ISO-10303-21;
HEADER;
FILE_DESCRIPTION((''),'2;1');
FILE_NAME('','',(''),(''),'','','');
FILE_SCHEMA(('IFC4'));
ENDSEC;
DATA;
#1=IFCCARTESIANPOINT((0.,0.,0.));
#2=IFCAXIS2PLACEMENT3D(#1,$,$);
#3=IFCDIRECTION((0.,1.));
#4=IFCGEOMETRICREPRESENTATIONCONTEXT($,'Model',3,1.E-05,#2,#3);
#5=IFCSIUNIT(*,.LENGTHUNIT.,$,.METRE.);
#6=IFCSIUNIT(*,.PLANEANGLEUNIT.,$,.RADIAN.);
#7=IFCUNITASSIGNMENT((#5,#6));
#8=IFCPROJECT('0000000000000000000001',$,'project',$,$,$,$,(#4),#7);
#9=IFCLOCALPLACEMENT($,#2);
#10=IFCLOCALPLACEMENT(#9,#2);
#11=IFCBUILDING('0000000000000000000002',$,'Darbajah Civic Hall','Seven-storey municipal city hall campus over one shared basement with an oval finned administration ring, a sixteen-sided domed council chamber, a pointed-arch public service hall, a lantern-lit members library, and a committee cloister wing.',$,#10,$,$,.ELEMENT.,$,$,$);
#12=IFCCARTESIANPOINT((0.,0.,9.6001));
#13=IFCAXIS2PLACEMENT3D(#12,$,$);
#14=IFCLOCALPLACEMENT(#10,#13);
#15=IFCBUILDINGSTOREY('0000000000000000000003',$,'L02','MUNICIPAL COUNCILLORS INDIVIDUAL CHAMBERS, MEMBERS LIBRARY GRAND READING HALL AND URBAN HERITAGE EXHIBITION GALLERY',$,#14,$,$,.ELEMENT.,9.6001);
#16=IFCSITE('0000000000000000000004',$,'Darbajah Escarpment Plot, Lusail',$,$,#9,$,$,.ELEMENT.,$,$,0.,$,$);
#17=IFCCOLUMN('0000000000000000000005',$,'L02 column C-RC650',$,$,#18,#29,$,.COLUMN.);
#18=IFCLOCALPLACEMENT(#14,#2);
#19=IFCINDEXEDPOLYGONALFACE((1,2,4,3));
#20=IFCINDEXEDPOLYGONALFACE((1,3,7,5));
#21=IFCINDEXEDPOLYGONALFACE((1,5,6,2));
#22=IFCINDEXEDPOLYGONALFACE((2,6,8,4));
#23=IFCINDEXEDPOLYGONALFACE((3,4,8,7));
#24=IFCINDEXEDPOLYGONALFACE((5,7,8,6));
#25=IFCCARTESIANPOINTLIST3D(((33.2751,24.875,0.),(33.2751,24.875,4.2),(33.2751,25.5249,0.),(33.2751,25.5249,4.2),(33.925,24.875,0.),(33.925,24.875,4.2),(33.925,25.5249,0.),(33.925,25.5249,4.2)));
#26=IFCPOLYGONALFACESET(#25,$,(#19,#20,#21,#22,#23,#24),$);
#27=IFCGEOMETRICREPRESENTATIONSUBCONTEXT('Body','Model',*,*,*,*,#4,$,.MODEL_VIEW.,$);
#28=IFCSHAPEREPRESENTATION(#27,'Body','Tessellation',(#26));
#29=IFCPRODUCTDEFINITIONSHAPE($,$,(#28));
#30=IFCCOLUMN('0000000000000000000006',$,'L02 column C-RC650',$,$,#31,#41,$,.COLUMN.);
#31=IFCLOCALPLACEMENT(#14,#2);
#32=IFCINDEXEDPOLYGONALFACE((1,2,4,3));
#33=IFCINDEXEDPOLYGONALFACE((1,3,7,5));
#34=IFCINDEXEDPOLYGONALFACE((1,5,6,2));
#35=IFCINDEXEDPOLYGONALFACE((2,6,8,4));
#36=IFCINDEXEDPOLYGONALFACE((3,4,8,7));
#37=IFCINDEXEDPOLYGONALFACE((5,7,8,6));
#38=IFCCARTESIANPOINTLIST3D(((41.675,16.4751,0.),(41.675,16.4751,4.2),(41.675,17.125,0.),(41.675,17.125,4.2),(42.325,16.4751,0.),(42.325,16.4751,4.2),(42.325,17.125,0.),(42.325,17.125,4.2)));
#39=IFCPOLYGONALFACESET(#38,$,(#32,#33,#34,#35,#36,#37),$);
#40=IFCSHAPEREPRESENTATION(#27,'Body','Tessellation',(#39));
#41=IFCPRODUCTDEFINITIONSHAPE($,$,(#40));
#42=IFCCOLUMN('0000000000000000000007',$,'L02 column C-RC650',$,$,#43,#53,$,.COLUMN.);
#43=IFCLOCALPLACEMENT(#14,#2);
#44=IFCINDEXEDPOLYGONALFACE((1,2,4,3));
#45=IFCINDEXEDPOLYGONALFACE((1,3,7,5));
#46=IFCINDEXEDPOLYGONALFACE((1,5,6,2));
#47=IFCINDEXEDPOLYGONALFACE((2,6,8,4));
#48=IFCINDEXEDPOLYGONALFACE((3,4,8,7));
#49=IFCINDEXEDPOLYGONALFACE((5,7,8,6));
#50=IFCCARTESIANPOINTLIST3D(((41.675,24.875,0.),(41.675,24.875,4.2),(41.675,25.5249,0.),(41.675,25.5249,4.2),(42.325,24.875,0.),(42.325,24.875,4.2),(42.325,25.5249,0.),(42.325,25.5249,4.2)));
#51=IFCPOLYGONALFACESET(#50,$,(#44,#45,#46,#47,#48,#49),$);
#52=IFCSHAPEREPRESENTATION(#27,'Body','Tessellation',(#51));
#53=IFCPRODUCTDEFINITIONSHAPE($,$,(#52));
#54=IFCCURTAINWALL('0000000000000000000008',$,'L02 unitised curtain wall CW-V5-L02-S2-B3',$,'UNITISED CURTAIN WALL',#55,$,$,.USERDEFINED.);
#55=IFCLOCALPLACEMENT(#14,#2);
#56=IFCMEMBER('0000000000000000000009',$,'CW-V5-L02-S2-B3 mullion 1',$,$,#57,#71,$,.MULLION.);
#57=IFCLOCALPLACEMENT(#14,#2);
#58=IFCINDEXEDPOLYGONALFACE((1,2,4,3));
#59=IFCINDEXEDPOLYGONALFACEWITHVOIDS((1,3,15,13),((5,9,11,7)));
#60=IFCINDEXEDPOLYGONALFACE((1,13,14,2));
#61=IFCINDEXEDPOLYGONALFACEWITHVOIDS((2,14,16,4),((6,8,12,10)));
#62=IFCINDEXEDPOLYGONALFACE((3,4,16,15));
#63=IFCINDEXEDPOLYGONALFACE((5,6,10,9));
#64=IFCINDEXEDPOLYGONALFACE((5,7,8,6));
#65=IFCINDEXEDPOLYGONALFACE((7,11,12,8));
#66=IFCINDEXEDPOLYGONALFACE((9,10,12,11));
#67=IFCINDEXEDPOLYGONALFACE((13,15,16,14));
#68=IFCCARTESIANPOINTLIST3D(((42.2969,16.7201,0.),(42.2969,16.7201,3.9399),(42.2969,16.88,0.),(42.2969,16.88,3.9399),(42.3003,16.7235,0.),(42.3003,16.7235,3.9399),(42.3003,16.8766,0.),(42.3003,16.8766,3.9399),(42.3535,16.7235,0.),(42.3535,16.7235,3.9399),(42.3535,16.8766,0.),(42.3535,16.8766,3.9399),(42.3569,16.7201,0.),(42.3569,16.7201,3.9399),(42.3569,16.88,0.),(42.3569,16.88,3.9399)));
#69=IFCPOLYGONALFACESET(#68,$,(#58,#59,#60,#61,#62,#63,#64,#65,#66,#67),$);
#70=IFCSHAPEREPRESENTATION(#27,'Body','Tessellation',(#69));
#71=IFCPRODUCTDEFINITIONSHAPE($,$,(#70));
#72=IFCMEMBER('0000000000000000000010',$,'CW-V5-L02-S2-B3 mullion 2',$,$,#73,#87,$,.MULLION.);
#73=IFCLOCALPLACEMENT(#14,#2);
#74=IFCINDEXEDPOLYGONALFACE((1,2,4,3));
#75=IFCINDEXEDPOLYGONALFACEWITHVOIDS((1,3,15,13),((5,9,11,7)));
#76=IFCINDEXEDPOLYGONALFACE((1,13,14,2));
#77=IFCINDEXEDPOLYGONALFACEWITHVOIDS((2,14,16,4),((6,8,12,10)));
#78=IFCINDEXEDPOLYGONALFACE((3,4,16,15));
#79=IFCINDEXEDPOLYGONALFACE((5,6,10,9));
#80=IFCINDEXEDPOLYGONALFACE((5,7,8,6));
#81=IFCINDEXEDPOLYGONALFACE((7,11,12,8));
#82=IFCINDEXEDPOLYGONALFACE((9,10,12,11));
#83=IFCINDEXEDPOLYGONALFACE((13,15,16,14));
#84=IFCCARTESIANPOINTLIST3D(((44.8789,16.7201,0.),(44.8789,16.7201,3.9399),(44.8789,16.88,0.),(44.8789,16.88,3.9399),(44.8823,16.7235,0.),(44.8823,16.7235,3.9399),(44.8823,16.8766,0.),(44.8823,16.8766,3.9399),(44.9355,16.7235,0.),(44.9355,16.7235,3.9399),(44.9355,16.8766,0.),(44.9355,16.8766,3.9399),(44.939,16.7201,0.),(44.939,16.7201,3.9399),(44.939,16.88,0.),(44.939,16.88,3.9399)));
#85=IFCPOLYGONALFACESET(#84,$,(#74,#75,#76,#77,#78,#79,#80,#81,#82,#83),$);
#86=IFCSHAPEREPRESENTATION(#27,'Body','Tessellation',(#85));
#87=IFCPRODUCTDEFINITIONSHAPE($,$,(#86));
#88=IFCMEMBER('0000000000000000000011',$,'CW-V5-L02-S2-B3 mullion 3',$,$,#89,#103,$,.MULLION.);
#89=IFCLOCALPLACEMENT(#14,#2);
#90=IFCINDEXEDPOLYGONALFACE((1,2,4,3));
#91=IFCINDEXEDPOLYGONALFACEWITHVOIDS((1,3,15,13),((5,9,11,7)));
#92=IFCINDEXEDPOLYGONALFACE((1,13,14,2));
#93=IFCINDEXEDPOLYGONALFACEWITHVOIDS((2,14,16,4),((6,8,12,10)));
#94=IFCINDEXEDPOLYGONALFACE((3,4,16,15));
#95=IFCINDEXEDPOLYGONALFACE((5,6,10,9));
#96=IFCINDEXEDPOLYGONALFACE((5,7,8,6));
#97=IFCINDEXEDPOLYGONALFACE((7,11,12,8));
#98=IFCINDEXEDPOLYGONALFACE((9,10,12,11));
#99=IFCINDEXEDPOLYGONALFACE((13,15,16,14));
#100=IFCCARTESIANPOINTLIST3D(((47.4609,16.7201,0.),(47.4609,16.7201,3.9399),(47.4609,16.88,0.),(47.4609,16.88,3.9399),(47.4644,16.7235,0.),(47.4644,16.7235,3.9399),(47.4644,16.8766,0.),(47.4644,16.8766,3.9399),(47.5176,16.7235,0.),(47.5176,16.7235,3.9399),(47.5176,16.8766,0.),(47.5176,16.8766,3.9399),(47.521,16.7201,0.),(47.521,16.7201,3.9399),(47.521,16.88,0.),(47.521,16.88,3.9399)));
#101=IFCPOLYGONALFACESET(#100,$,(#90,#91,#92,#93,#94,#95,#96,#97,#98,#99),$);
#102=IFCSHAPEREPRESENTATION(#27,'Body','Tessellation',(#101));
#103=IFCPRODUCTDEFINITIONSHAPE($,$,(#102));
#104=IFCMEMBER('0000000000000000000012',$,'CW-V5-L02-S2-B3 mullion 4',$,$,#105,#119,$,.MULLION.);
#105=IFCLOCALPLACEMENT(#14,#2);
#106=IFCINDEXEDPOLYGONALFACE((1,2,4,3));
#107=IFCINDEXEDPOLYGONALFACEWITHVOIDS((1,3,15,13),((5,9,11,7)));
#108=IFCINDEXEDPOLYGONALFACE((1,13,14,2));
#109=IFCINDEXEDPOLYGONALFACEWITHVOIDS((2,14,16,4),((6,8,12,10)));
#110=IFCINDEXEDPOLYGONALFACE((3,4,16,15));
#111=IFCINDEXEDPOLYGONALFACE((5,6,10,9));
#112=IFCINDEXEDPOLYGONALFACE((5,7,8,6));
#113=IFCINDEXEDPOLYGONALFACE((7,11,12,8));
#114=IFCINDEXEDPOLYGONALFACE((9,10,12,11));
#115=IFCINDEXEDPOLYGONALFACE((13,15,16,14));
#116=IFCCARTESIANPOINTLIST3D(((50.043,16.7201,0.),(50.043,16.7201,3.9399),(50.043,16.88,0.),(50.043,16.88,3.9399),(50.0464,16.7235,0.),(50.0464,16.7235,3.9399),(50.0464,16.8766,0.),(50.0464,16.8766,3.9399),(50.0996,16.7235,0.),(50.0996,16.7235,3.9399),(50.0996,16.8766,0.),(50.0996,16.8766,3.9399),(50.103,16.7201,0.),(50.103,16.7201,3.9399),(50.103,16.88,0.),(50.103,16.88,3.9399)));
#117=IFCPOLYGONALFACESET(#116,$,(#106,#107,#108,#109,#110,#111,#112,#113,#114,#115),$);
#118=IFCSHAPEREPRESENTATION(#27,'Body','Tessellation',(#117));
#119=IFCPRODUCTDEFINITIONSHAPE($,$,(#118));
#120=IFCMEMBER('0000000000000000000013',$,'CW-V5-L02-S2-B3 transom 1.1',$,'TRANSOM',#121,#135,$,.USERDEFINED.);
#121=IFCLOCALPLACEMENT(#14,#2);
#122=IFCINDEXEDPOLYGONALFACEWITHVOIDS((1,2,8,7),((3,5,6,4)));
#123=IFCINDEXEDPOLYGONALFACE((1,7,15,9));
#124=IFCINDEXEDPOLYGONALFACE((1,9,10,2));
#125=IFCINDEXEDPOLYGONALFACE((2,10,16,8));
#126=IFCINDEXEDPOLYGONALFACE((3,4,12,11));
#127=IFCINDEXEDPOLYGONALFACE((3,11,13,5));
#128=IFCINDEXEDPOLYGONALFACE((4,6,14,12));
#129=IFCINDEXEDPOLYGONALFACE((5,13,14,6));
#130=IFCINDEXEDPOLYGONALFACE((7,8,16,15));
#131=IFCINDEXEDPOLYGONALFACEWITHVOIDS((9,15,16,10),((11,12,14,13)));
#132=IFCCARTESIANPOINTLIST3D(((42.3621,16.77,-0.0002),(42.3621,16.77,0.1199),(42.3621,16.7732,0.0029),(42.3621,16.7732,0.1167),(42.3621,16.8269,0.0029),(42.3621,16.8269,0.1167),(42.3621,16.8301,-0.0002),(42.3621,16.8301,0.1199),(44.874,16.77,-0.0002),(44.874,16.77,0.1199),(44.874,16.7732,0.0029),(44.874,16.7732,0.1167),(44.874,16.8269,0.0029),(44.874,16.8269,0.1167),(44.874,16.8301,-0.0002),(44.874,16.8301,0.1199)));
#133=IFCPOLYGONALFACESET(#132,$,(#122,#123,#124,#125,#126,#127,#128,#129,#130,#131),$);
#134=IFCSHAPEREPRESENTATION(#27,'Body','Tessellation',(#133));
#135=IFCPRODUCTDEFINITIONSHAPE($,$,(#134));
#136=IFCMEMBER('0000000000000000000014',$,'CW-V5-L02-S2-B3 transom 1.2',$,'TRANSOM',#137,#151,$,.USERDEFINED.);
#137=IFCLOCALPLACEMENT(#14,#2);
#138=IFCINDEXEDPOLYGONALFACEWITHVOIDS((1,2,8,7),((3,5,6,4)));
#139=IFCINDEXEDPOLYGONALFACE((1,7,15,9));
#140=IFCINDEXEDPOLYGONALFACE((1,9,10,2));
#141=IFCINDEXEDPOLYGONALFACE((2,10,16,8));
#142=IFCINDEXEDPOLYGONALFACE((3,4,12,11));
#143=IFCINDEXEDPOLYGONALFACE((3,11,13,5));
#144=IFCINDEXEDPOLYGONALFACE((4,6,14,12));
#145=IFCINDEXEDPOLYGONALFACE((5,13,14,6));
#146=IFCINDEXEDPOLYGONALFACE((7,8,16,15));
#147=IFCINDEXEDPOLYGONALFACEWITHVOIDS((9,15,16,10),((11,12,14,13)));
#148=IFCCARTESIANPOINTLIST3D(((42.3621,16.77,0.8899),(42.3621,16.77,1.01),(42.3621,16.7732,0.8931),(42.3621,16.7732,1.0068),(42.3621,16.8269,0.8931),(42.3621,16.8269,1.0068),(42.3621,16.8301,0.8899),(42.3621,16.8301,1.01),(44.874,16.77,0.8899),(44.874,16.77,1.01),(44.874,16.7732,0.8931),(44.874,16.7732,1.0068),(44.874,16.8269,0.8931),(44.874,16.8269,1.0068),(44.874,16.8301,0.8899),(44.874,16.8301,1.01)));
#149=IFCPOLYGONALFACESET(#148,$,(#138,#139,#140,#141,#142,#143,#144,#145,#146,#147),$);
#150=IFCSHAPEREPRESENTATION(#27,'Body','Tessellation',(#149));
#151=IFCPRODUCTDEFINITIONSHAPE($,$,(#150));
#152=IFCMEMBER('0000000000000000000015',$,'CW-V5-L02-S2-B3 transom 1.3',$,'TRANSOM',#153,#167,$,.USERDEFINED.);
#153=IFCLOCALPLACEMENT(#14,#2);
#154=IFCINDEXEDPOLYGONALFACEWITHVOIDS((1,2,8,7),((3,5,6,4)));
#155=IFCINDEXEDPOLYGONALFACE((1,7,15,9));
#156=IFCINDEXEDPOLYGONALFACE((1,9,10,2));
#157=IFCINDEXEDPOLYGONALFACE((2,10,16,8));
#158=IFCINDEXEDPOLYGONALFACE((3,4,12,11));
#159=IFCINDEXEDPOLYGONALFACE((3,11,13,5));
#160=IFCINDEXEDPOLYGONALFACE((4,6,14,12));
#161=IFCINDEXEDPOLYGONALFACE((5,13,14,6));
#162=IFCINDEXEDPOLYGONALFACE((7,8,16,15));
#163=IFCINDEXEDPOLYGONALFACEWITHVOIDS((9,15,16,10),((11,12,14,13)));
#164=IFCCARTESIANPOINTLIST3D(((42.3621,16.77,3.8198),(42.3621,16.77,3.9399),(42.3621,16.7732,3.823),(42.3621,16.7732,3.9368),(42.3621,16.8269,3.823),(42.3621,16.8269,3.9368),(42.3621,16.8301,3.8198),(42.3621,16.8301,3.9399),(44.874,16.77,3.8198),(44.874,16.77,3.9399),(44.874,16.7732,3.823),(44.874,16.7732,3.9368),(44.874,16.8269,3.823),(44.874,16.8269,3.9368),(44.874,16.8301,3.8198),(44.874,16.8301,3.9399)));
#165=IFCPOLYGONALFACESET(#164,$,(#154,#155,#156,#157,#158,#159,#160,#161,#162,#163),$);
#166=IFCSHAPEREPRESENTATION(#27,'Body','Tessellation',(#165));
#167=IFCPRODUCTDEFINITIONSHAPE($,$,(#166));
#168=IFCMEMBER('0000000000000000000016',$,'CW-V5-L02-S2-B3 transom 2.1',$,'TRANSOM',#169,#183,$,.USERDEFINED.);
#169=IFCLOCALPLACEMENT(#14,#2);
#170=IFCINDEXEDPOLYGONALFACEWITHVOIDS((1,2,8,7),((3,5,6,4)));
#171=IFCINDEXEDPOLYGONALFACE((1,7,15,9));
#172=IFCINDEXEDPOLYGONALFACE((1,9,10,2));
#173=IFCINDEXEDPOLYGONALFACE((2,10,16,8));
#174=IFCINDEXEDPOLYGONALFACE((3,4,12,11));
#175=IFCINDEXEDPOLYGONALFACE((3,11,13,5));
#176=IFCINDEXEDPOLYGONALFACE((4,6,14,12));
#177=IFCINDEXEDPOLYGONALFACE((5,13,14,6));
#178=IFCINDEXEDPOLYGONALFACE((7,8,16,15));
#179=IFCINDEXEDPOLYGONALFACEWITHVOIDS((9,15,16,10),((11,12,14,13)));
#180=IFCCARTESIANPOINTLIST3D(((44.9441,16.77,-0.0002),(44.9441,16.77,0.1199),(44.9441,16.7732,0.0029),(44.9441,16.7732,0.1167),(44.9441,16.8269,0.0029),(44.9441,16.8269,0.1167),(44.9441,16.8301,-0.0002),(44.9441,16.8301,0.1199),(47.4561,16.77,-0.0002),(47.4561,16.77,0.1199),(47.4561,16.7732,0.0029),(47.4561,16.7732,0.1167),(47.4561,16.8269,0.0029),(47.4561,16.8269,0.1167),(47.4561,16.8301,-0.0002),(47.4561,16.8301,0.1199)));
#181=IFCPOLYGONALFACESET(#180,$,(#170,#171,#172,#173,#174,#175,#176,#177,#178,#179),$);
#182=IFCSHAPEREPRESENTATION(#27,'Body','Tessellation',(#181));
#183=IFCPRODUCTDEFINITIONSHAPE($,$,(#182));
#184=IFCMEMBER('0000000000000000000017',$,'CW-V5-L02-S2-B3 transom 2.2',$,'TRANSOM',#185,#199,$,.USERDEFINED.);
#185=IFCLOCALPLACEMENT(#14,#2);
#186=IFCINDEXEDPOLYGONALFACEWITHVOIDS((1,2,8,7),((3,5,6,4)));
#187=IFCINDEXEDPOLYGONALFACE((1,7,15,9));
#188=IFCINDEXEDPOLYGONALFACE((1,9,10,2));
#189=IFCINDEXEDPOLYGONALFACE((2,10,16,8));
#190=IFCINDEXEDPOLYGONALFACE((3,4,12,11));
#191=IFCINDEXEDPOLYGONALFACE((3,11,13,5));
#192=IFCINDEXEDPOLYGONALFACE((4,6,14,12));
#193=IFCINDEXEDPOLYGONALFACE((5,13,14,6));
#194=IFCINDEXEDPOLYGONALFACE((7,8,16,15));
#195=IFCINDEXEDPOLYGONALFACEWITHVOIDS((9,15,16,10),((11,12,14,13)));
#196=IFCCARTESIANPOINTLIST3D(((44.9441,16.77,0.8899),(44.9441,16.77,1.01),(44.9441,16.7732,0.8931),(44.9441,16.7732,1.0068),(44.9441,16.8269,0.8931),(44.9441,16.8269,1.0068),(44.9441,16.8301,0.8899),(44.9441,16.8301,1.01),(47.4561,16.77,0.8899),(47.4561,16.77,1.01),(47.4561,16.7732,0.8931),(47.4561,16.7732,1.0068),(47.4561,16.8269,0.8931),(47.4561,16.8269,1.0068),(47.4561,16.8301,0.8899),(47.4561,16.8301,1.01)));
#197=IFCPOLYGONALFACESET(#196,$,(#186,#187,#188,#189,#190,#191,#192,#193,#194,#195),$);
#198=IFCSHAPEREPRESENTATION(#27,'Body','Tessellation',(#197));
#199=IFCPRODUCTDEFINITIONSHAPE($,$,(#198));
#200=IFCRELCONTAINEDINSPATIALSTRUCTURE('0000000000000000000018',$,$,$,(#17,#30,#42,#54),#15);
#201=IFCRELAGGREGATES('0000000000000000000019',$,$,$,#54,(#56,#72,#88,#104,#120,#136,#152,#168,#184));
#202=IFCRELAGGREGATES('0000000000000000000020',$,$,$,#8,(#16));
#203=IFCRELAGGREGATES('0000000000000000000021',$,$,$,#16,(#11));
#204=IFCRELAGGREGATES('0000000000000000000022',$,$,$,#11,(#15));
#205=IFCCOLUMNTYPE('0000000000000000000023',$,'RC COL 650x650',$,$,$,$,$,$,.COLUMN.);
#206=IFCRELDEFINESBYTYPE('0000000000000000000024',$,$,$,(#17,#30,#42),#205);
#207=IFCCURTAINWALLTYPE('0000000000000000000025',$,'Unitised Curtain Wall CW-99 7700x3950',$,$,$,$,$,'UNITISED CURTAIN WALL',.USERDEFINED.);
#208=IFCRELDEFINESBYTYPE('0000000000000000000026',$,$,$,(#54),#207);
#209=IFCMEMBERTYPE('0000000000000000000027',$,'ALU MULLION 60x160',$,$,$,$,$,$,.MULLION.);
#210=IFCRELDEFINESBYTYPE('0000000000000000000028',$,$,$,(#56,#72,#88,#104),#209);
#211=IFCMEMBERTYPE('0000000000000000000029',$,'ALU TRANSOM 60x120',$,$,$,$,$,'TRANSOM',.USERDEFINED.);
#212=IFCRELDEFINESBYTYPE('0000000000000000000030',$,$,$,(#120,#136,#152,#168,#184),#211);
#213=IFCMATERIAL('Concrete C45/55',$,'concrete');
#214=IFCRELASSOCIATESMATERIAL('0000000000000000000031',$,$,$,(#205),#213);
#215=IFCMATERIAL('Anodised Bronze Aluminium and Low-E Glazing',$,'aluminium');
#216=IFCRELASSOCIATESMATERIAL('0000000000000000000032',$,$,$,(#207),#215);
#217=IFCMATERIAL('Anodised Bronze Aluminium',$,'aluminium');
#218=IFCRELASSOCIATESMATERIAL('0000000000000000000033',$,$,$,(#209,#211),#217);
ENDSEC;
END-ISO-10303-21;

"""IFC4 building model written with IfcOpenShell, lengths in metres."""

from ifc_helpers import new_model, si_unit, direction, frame, origin, origin_2d, place, context, subcontext, project, spatial, rectangle, hollow_rectangle, extrude, material, material_profile, profile_set, type_object, element, aggregate, save


model = new_model("IFC4")

# Units and contexts
model_context = context("Model", 3, precision=1e-05, world=origin(), true_north=direction((0.0, 1.0)))
body_context = subcontext(model_context, "Body", "Model", "MODEL_VIEW")
ifc_project = project(units=[si_unit("LENGTHUNIT", "METRE"), si_unit("PLANEANGLEUNIT", "RADIAN")], contexts=[model_context])

# Site, building, storey
site_placement = place(None, origin())
site = spatial("IfcSite", under=ifc_project, at=site_placement, Name="Darbajah Escarpment Plot, Lusail", CompositionType="ELEMENT", RefElevation=0.0)
building_placement = place(site_placement, origin())
building = spatial("IfcBuilding", under=site, at=building_placement, Name="Darbajah Civic Hall", Description="Seven-storey municipal city hall campus over one shared basement with an oval finned administration ring, a sixteen-sided domed council chamber, a pointed-arch public service hall, a lantern-lit members library, and a committee cloister wing.", CompositionType="ELEMENT")
storey_placement = place(building_placement, frame((0.0, 0.0, 9.6001)))
storey = spatial("IfcBuildingStorey", under=building, at=storey_placement, Name="L02", Description="MUNICIPAL COUNCILLORS INDIVIDUAL CHAMBERS, MEMBERS LIBRARY GRAND READING HALL AND URBAN HERITAGE EXHIBITION GALLERY", CompositionType="ELEMENT", Elevation=9.6001)

# Columns
ifc_material_1 = material(Name="Concrete C45/55", Category="concrete")
ifc_material_profile_1 = material_profile(ifc_material_1, rectangle(XDim=0.6499, YDim=0.6499, at=origin_2d()), Name="RC COL 650x650")
ifc_profile_set_1 = profile_set([ifc_material_profile_1], Name="Concrete C45/55")
column_type = type_object("IfcColumnType", Name="RC COL 650x650", PredefinedType="COLUMN", material=ifc_profile_set_1)
for number, where, z_axis, x_axis, name in (
    (1, (33.6001, 25.2, 0.0), (0.0, 0.0, 1.0), (1.0, 0.0, 0.0), "L02 column C-RC650"),
    (2, (42.0, 16.8, 0.0), (0.0, 0.0, 1.0), (1.0, 0.0, 0.0), "L02 column C-RC650"),
    (3, (42.0, 25.2, 0.0), (0.0, 0.0, 1.0), (1.0, 0.0, 0.0), "L02 column C-RC650"),
):
    element("IfcColumn", number, at=place(storey_placement, frame(where, z_axis=z_axis, x_axis=x_axis)), inside=storey, type_object=column_type, Name=name, PredefinedType="COLUMN", context=body_context, shape_type="SweptSolid", body=[
        extrude(rectangle(XDim=0.6499, YDim=0.6499, at=origin_2d()), origin(), (0.0, 0.0, 1.0), 4.2),
    ])

# Curtain wall, members
ifc_material_2 = material(Name="Anodised Bronze Aluminium and Low-E Glazing", Category="aluminium")
curtain_wall_type = type_object("IfcCurtainWallType", Name="Unitised Curtain Wall CW-99 7700x3950", ElementType="UNITISED CURTAIN WALL", PredefinedType="USERDEFINED", material=ifc_material_2)
curtain_wall_placement = place(storey_placement, origin())
curtain_wall = element("IfcCurtainWall", 4, at=curtain_wall_placement, inside=storey, type_object=curtain_wall_type, Name="L02 unitised curtain wall CW-V5-L02-S2-B3", ObjectType="UNITISED CURTAIN WALL", PredefinedType="USERDEFINED")
ifc_material_3 = material(Name="Anodised Bronze Aluminium", Category="aluminium")
ifc_material_profile_2 = material_profile(ifc_material_3, hollow_rectangle(XDim=0.0601, YDim=0.1599, WallThickness=0.0034, at=origin_2d()), Name="ALU MULLION 60x160")
ifc_profile_set_2 = profile_set([ifc_material_profile_2], Name="Anodised Bronze Aluminium")
member_type_1 = type_object("IfcMemberType", Name="ALU MULLION 60x160", PredefinedType="MULLION", material=ifc_profile_set_2)
member_1_placement = place(storey_placement, frame((42.3269, 16.8, 0.0), z_axis=(0.0, 0.0, 1.0), x_axis=(1.0, 0.0, 0.0)))
member_1 = element("IfcMember", 5, at=member_1_placement, type_object=member_type_1, Name="CW-V5-L02-S2-B3 mullion 1", PredefinedType="MULLION", context=body_context, shape_type="SweptSolid", body=[
    extrude(hollow_rectangle(XDim=0.0601, YDim=0.1599, WallThickness=0.0034, at=origin_2d()), origin(), (0.0, 0.0, 1.0), 3.9399),
])
member_2_placement = place(storey_placement, frame((44.9089, 16.8, 0.0), z_axis=(0.0, 0.0, 1.0), x_axis=(1.0, 0.0, 0.0)))
member_2 = element("IfcMember", 6, at=member_2_placement, type_object=member_type_1, Name="CW-V5-L02-S2-B3 mullion 2", PredefinedType="MULLION", context=body_context, shape_type="SweptSolid", body=[
    extrude(hollow_rectangle(XDim=0.0601, YDim=0.1599, WallThickness=0.0034, at=origin_2d()), origin(), (0.0, 0.0, 1.0), 3.9399),
])
member_3_placement = place(storey_placement, frame((47.491, 16.8, 0.0), z_axis=(0.0, 0.0, 1.0), x_axis=(1.0, 0.0, 0.0)))
member_3 = element("IfcMember", 7, at=member_3_placement, type_object=member_type_1, Name="CW-V5-L02-S2-B3 mullion 3", PredefinedType="MULLION", context=body_context, shape_type="SweptSolid", body=[
    extrude(hollow_rectangle(XDim=0.0601, YDim=0.1599, WallThickness=0.0034, at=origin_2d()), origin(), (0.0, 0.0, 1.0), 3.9399),
])
member_4_placement = place(storey_placement, frame((50.073, 16.8, 0.0), z_axis=(0.0, 0.0, 1.0), x_axis=(1.0, 0.0, 0.0)))
member_4 = element("IfcMember", 8, at=member_4_placement, type_object=member_type_1, Name="CW-V5-L02-S2-B3 mullion 4", PredefinedType="MULLION", context=body_context, shape_type="SweptSolid", body=[
    extrude(hollow_rectangle(XDim=0.0601, YDim=0.1599, WallThickness=0.0034, at=origin_2d()), origin(), (0.0, 0.0, 1.0), 3.9399),
])
ifc_material_profile_3 = material_profile(ifc_material_3, hollow_rectangle(XDim=0.0601, YDim=0.1201, WallThickness=0.0032, at=origin_2d()), Name="ALU TRANSOM 60x120")
ifc_profile_set_3 = profile_set([ifc_material_profile_3], Name="Anodised Bronze Aluminium")
member_type_2 = type_object("IfcMemberType", Name="ALU TRANSOM 60x120", ElementType="TRANSOM", PredefinedType="USERDEFINED", material=ifc_profile_set_3)
member_5_placement = place(storey_placement, frame((42.3621, 16.8, 0.0598), z_axis=(1.0, 0.0, 0.0), x_axis=(0.0, 1.0, 0.0)))
member_5 = element("IfcMember", 9, at=member_5_placement, type_object=member_type_2, Name="CW-V5-L02-S2-B3 transom 1.1", ObjectType="TRANSOM", PredefinedType="USERDEFINED", context=body_context, shape_type="SweptSolid", body=[
    extrude(hollow_rectangle(XDim=0.0601, YDim=0.1201, WallThickness=0.0032, at=origin_2d()), origin(), (0.0, 0.0, 1.0), 2.512),
])
member_6_placement = place(storey_placement, frame((42.3621, 16.8, 0.95), z_axis=(1.0, 0.0, 0.0), x_axis=(0.0, 1.0, 0.0)))
member_6 = element("IfcMember", 10, at=member_6_placement, type_object=member_type_2, Name="CW-V5-L02-S2-B3 transom 1.2", ObjectType="TRANSOM", PredefinedType="USERDEFINED", context=body_context, shape_type="SweptSolid", body=[
    extrude(hollow_rectangle(XDim=0.0601, YDim=0.1201, WallThickness=0.0032, at=origin_2d()), origin(), (0.0, 0.0, 1.0), 2.512),
])
member_7_placement = place(storey_placement, frame((42.3621, 16.8, 3.8799), z_axis=(1.0, 0.0, 0.0), x_axis=(0.0, 1.0, 0.0)))
member_7 = element("IfcMember", 11, at=member_7_placement, type_object=member_type_2, Name="CW-V5-L02-S2-B3 transom 1.3", ObjectType="TRANSOM", PredefinedType="USERDEFINED", context=body_context, shape_type="SweptSolid", body=[
    extrude(hollow_rectangle(XDim=0.0601, YDim=0.1201, WallThickness=0.0032, at=origin_2d()), origin(), (0.0, 0.0, 1.0), 2.512),
])
member_8_placement = place(storey_placement, frame((44.9441, 16.8, 0.0598), z_axis=(1.0, 0.0, 0.0), x_axis=(0.0, 1.0, 0.0)))
member_8 = element("IfcMember", 12, at=member_8_placement, type_object=member_type_2, Name="CW-V5-L02-S2-B3 transom 2.1", ObjectType="TRANSOM", PredefinedType="USERDEFINED", context=body_context, shape_type="SweptSolid", body=[
    extrude(hollow_rectangle(XDim=0.0601, YDim=0.1201, WallThickness=0.0032, at=origin_2d()), origin(), (0.0, 0.0, 1.0), 2.512),
])
member_9_placement = place(storey_placement, frame((44.9441, 16.8, 0.95), z_axis=(1.0, 0.0, 0.0), x_axis=(0.0, 1.0, 0.0)))
member_9 = element("IfcMember", 13, at=member_9_placement, type_object=member_type_2, Name="CW-V5-L02-S2-B3 transom 2.2", ObjectType="TRANSOM", PredefinedType="USERDEFINED", context=body_context, shape_type="SweptSolid", body=[
    extrude(hollow_rectangle(XDim=0.0601, YDim=0.1201, WallThickness=0.0032, at=origin_2d()), origin(), (0.0, 0.0, 1.0), 2.512),
])

aggregate(curtain_wall, [member_1, member_2, member_3, member_4, member_5, member_6, member_7, member_8, member_9])

save(model, "model.ifc")
